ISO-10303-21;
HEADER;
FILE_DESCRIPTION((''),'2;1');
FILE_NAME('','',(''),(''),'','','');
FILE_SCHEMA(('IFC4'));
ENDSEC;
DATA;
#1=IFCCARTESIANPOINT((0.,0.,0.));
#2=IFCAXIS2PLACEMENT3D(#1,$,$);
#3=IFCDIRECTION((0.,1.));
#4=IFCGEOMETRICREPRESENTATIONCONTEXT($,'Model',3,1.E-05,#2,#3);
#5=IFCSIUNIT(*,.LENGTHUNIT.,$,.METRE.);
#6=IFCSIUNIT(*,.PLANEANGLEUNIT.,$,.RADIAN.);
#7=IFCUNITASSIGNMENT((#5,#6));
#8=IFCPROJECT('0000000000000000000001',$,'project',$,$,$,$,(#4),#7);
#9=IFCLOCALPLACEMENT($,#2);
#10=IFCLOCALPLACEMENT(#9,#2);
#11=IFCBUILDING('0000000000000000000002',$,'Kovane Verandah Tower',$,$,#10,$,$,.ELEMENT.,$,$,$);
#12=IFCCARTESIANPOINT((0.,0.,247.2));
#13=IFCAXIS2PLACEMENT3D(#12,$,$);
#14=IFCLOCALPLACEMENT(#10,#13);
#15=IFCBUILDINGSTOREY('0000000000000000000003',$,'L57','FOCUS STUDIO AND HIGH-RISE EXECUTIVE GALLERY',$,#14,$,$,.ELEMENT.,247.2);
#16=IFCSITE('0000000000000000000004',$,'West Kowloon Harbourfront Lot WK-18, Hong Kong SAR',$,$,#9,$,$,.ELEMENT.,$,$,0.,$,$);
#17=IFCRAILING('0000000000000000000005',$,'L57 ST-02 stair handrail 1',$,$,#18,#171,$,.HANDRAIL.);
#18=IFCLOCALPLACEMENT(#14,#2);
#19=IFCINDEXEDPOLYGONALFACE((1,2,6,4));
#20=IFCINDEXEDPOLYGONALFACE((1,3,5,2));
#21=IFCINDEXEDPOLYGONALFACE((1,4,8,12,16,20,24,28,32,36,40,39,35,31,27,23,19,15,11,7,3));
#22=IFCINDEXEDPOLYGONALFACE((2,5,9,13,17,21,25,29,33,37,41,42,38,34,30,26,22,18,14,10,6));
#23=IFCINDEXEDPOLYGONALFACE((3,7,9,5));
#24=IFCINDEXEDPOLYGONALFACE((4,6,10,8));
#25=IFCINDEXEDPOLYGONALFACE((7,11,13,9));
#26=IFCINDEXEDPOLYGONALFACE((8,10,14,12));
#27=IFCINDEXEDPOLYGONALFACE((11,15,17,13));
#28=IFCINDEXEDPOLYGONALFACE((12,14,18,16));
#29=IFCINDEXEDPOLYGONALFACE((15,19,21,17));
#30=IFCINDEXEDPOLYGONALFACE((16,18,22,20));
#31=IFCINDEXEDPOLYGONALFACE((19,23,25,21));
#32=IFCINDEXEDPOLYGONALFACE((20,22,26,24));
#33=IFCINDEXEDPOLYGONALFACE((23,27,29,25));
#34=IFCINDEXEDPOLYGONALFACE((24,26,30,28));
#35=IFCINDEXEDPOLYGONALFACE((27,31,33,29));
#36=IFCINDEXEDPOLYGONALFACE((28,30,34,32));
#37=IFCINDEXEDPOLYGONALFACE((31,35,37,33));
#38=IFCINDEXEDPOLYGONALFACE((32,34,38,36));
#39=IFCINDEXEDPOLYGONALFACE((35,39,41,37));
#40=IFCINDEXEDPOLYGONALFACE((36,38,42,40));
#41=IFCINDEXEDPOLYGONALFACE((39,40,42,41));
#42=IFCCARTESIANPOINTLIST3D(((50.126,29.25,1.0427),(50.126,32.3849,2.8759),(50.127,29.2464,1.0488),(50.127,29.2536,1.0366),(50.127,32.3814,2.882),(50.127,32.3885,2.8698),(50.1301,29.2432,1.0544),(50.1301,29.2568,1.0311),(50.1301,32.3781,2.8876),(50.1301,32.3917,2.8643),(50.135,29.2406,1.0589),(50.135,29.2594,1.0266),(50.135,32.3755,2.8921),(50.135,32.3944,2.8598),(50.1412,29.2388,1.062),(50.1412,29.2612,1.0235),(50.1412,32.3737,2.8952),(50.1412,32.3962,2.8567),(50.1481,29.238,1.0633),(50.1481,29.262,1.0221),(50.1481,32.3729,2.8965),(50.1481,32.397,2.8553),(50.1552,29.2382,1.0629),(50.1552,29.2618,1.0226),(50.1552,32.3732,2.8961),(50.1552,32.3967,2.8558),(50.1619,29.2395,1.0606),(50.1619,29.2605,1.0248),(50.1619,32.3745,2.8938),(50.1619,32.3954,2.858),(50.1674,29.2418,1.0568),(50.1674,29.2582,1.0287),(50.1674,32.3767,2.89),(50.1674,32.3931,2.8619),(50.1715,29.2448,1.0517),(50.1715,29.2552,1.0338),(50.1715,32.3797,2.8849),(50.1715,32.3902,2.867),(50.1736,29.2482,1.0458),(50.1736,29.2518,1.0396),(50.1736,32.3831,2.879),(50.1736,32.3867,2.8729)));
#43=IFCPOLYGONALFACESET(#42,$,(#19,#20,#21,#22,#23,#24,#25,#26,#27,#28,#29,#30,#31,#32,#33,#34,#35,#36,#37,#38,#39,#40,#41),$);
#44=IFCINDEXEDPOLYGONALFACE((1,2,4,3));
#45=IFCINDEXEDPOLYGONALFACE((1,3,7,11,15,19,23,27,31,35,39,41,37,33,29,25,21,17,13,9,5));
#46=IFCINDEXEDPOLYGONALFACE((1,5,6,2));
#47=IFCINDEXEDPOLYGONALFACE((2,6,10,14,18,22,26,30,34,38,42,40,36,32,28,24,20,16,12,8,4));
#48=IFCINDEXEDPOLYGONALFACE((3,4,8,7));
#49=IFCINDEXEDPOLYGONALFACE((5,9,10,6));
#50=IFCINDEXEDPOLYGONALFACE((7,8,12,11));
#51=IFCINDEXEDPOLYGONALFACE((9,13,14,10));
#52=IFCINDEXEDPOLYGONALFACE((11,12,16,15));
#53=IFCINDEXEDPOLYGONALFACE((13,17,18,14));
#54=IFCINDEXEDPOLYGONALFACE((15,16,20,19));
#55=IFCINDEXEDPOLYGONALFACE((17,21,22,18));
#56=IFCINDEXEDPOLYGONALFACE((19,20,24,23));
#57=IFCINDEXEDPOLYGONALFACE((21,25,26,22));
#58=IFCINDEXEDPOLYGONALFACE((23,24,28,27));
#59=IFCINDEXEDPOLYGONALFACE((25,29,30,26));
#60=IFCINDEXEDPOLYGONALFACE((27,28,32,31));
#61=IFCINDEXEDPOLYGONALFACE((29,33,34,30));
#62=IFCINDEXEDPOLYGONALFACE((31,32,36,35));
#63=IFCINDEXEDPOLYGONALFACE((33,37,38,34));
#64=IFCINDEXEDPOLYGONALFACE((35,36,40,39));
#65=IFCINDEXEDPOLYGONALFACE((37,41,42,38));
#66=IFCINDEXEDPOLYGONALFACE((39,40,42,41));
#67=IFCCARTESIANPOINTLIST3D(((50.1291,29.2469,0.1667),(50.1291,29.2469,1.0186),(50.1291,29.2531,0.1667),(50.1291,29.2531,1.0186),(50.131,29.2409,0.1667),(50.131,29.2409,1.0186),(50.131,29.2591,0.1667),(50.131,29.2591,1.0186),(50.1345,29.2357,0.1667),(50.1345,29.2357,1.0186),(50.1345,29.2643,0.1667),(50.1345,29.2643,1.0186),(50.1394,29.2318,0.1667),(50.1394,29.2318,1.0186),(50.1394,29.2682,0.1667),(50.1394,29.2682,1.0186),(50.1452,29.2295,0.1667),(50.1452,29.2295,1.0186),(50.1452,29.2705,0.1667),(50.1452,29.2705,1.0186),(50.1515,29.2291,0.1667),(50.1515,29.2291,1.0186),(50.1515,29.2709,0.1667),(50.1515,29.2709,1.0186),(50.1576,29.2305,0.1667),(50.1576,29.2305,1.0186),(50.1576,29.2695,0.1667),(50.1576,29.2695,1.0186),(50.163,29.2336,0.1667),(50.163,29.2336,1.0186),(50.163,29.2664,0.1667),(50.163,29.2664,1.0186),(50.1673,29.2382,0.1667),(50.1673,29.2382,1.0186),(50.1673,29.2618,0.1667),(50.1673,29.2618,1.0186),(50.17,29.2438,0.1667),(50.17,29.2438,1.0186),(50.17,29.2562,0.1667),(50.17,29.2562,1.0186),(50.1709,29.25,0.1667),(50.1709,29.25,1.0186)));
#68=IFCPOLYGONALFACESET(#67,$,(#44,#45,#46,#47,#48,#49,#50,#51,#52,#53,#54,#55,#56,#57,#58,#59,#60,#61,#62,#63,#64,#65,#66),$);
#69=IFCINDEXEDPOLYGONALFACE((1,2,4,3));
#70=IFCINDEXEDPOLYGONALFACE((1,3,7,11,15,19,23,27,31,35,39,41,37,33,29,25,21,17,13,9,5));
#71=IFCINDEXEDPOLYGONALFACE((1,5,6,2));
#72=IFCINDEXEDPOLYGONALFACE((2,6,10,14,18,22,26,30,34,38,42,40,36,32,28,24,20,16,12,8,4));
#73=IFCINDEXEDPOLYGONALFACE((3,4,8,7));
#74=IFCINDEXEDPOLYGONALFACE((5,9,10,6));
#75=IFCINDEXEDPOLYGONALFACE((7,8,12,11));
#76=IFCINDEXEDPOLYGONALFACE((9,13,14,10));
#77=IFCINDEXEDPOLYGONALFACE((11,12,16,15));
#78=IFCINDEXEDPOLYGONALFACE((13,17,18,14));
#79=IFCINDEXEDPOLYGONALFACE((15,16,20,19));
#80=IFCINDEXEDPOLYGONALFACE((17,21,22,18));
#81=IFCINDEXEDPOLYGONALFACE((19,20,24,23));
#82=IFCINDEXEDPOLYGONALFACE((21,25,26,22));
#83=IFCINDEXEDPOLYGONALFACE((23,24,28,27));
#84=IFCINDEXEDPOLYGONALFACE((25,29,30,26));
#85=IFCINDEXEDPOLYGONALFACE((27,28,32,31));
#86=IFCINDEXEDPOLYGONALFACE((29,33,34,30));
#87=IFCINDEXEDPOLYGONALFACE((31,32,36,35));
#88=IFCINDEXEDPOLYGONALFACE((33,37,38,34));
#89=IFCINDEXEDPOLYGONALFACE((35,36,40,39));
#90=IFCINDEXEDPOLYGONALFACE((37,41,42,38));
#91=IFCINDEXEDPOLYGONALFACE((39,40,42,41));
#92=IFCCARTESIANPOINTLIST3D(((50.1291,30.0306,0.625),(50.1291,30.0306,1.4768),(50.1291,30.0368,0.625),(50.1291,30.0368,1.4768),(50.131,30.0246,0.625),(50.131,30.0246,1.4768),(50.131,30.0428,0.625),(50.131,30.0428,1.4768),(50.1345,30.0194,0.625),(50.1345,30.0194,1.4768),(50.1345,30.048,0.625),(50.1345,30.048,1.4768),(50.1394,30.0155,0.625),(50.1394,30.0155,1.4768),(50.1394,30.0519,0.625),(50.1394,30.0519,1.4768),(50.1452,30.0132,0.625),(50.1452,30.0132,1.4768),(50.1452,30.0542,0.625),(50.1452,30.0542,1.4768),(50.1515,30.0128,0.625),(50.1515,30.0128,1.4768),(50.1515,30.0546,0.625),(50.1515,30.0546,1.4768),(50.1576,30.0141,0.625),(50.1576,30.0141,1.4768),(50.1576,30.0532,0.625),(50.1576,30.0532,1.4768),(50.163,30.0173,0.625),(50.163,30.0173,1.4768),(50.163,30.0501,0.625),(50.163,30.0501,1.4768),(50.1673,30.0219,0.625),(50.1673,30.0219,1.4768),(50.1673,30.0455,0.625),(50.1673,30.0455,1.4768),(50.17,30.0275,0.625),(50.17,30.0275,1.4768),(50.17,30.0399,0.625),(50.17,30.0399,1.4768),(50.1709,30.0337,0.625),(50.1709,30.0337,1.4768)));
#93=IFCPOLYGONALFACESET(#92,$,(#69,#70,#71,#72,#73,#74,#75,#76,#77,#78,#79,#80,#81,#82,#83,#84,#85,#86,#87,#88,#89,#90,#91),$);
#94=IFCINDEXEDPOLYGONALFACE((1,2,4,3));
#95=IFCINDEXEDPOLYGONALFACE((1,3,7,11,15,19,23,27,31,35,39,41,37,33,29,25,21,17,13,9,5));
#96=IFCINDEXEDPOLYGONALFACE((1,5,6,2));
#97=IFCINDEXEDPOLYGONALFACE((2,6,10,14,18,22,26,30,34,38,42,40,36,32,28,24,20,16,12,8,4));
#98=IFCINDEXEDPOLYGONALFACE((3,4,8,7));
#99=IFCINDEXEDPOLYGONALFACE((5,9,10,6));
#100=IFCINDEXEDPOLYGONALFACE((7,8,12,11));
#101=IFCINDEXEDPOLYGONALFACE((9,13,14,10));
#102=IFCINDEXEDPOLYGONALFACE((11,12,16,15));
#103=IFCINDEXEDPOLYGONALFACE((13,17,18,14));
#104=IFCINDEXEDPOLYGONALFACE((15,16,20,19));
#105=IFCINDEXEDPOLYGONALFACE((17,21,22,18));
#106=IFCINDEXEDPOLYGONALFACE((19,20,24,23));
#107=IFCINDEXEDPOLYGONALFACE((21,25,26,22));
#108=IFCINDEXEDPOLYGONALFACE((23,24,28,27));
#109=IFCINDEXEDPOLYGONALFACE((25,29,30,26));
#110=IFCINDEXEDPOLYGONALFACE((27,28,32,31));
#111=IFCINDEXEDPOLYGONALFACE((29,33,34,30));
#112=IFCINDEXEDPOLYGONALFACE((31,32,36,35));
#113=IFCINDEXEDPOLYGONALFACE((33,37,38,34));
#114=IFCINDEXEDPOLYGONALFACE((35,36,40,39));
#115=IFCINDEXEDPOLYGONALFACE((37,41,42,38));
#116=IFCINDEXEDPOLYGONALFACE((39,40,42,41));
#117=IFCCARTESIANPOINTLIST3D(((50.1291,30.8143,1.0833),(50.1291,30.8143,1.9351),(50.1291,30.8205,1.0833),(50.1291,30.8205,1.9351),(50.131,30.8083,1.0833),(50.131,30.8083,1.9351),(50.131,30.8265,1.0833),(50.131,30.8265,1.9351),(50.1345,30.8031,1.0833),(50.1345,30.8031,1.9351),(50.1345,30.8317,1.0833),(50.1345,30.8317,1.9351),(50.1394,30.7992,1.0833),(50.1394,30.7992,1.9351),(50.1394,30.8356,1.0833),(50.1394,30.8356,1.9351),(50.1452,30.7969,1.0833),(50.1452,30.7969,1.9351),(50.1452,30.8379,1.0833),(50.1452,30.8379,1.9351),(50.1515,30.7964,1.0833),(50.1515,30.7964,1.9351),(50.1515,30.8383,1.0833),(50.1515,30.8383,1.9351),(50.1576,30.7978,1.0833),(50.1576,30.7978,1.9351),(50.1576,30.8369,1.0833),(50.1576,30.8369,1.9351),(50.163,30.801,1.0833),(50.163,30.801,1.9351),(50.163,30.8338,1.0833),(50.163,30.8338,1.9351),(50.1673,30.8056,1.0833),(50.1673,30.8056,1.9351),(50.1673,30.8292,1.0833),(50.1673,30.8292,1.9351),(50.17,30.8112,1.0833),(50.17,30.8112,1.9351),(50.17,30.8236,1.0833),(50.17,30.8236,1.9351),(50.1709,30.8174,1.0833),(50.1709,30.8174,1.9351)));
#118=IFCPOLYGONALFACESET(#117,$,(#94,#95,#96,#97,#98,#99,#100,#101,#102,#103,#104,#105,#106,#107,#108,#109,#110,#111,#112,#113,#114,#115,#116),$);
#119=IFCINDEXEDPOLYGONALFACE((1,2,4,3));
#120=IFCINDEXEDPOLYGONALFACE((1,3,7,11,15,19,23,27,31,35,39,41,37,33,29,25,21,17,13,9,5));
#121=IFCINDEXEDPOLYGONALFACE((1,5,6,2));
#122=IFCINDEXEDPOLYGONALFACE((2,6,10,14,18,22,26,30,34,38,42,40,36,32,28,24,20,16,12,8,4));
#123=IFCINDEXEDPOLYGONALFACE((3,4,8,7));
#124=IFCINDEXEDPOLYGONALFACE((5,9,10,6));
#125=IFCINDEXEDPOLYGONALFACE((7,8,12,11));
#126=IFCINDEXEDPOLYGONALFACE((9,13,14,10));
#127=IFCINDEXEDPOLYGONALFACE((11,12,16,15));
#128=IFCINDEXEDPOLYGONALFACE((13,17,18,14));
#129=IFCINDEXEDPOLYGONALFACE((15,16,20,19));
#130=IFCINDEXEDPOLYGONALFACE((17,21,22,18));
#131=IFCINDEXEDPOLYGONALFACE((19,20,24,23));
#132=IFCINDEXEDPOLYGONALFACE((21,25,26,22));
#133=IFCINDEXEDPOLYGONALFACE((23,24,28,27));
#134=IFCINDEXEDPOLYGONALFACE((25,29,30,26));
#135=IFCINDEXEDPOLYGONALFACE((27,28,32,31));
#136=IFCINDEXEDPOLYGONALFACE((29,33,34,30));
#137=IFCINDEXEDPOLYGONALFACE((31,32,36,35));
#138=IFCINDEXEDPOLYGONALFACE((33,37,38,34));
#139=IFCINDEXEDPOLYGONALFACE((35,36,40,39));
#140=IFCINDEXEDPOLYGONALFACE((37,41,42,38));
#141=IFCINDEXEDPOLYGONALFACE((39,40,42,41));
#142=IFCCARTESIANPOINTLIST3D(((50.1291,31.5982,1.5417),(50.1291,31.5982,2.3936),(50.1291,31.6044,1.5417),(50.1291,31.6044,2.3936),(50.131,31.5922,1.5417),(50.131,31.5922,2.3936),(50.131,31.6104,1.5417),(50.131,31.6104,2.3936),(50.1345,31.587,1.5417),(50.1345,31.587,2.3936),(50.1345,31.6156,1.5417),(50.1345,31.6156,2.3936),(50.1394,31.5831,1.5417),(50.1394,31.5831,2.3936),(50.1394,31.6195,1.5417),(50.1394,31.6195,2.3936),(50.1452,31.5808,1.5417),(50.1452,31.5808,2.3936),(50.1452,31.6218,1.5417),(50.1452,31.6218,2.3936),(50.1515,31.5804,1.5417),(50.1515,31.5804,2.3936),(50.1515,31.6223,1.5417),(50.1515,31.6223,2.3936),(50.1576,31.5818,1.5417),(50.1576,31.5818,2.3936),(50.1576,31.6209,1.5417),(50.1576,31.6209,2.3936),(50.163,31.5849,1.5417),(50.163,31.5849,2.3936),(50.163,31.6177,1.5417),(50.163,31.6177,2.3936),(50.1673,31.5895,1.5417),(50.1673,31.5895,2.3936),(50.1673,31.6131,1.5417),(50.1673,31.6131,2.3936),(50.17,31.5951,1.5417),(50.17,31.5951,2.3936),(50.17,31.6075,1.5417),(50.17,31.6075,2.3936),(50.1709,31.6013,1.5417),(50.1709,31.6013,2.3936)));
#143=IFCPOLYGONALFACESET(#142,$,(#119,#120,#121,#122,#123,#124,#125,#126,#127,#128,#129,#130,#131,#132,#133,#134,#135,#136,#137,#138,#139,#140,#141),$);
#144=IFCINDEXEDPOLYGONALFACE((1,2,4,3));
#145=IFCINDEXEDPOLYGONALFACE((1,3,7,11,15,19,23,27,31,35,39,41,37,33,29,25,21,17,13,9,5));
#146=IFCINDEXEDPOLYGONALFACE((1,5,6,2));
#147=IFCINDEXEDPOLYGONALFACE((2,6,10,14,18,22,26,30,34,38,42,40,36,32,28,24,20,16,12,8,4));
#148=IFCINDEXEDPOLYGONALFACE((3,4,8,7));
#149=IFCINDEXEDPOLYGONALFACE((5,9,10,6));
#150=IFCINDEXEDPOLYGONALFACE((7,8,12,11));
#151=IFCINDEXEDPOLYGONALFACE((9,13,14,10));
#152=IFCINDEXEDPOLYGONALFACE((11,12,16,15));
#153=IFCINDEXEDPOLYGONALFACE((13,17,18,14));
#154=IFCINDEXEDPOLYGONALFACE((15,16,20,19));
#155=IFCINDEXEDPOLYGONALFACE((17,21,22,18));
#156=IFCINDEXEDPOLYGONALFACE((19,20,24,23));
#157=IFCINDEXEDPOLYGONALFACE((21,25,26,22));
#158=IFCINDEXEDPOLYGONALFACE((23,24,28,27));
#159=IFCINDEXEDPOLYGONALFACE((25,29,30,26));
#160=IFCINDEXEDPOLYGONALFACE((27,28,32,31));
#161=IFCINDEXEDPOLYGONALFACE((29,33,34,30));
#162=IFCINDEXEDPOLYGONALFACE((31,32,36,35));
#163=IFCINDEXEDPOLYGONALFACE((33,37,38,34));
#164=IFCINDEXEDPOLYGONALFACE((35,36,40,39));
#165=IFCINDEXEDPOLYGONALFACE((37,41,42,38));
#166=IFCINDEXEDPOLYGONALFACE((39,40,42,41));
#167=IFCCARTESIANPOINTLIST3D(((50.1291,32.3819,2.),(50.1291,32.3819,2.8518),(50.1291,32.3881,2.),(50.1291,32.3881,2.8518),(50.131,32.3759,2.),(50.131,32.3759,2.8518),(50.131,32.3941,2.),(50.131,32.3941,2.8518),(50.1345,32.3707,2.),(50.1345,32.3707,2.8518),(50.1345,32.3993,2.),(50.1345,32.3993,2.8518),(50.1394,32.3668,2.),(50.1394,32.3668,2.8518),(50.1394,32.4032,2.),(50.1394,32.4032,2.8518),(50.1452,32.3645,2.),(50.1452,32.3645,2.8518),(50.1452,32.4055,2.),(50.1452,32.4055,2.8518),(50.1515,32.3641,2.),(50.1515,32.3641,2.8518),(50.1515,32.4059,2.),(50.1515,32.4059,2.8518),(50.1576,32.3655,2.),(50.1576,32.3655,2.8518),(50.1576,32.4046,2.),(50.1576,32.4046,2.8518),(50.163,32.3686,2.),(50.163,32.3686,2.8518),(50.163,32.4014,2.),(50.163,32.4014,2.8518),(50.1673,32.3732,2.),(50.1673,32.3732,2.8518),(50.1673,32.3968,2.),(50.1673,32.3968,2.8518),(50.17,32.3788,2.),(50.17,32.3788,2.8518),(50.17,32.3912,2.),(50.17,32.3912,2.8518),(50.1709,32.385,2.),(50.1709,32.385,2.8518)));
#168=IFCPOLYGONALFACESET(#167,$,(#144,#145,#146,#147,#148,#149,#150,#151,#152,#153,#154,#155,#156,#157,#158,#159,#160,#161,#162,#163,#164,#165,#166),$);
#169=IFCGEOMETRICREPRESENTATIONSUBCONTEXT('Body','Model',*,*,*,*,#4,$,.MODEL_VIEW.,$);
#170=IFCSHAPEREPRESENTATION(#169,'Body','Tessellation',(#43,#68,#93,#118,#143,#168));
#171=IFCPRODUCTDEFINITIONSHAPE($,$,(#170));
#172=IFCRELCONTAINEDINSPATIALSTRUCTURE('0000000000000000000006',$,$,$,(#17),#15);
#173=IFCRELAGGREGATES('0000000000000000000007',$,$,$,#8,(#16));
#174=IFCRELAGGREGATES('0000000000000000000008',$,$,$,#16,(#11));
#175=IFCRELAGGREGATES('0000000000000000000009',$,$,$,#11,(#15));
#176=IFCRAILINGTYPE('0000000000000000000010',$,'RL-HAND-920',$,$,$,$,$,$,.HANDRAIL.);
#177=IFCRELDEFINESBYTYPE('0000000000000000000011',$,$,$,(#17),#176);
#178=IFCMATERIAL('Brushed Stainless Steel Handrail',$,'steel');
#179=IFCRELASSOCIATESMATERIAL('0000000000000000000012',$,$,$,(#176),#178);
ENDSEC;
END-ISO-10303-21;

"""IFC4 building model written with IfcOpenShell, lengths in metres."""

from ifc_helpers import new_model, si_unit, direction, frame, origin, origin_2d, place, context, subcontext, project, spatial, circle, extrude, material, type_object, element, save


model = new_model("IFC4")

# Units and contexts
model_context = context("Model", 3, precision=1e-05, world=origin(), true_north=direction((0.0, 1.0)))
body_context = subcontext(model_context, "Body", "Model", "MODEL_VIEW")
ifc_project = project(units=[si_unit("LENGTHUNIT", "METRE"), si_unit("PLANEANGLEUNIT", "RADIAN")], contexts=[model_context])

# Site, building, storey
site_placement = place(None, origin())
site = spatial("IfcSite", under=ifc_project, at=site_placement, Name="West Kowloon Harbourfront Lot WK-18, Hong Kong SAR", CompositionType="ELEMENT", RefElevation=0.0)
building_placement = place(site_placement, origin())
building = spatial("IfcBuilding", under=site, at=building_placement, Name="Kovane Verandah Tower", CompositionType="ELEMENT")
storey_placement = place(building_placement, frame((0.0, 0.0, 247.2)))
storey = spatial("IfcBuildingStorey", under=building, at=storey_placement, Name="L57", Description="FOCUS STUDIO AND HIGH-RISE EXECUTIVE GALLERY", CompositionType="ELEMENT", Elevation=247.2)

# Railing
ifc_material_1 = material(Name="Brushed Stainless Steel Handrail", Category="steel")
railing_type_1 = type_object("IfcRailingType", Name="RL-HAND-920", PredefinedType="HANDRAIL", material=ifc_material_1)
railing_1_placement = place(storey_placement, frame((50.1499, 29.25, 0.1667)))
element("IfcRailing", 1, at=railing_1_placement, inside=storey, type_object=railing_type_1, Name="L57 ST-02 stair handrail 1", PredefinedType="HANDRAIL", context=body_context, shape_type="SweptSolid", body=[
    extrude(circle(Radius=0.0239, at=origin_2d()), frame((0.0, 0.0, 0.876), z_axis=(0.0, 0.86324, 0.504794), x_axis=(-1.0, 0.0, 0.0)), (0.0, 0.0, 1.0), 3.6316),
    extrude(circle(Radius=0.021, at=origin_2d()), origin(), (0.0, 0.0, 1.0), 0.8518),
    extrude(circle(Radius=0.021, at=origin_2d()), frame((0.0, 0.7837, 0.4583)), (0.0, 0.0, 1.0), 0.8518),
    extrude(circle(Radius=0.021, at=origin_2d()), frame((0.0, 1.5674, 0.9165)), (0.0, 0.0, 1.0), 0.8518),
    extrude(circle(Radius=0.021, at=origin_2d()), frame((0.0, 2.3513, 1.375)), (0.0, 0.0, 1.0), 0.8518),
    extrude(circle(Radius=0.021, at=origin_2d()), frame((0.0, 3.135, 1.8333)), (0.0, 0.0, 1.0), 0.8518),
])

save(model, "model.ifc")
